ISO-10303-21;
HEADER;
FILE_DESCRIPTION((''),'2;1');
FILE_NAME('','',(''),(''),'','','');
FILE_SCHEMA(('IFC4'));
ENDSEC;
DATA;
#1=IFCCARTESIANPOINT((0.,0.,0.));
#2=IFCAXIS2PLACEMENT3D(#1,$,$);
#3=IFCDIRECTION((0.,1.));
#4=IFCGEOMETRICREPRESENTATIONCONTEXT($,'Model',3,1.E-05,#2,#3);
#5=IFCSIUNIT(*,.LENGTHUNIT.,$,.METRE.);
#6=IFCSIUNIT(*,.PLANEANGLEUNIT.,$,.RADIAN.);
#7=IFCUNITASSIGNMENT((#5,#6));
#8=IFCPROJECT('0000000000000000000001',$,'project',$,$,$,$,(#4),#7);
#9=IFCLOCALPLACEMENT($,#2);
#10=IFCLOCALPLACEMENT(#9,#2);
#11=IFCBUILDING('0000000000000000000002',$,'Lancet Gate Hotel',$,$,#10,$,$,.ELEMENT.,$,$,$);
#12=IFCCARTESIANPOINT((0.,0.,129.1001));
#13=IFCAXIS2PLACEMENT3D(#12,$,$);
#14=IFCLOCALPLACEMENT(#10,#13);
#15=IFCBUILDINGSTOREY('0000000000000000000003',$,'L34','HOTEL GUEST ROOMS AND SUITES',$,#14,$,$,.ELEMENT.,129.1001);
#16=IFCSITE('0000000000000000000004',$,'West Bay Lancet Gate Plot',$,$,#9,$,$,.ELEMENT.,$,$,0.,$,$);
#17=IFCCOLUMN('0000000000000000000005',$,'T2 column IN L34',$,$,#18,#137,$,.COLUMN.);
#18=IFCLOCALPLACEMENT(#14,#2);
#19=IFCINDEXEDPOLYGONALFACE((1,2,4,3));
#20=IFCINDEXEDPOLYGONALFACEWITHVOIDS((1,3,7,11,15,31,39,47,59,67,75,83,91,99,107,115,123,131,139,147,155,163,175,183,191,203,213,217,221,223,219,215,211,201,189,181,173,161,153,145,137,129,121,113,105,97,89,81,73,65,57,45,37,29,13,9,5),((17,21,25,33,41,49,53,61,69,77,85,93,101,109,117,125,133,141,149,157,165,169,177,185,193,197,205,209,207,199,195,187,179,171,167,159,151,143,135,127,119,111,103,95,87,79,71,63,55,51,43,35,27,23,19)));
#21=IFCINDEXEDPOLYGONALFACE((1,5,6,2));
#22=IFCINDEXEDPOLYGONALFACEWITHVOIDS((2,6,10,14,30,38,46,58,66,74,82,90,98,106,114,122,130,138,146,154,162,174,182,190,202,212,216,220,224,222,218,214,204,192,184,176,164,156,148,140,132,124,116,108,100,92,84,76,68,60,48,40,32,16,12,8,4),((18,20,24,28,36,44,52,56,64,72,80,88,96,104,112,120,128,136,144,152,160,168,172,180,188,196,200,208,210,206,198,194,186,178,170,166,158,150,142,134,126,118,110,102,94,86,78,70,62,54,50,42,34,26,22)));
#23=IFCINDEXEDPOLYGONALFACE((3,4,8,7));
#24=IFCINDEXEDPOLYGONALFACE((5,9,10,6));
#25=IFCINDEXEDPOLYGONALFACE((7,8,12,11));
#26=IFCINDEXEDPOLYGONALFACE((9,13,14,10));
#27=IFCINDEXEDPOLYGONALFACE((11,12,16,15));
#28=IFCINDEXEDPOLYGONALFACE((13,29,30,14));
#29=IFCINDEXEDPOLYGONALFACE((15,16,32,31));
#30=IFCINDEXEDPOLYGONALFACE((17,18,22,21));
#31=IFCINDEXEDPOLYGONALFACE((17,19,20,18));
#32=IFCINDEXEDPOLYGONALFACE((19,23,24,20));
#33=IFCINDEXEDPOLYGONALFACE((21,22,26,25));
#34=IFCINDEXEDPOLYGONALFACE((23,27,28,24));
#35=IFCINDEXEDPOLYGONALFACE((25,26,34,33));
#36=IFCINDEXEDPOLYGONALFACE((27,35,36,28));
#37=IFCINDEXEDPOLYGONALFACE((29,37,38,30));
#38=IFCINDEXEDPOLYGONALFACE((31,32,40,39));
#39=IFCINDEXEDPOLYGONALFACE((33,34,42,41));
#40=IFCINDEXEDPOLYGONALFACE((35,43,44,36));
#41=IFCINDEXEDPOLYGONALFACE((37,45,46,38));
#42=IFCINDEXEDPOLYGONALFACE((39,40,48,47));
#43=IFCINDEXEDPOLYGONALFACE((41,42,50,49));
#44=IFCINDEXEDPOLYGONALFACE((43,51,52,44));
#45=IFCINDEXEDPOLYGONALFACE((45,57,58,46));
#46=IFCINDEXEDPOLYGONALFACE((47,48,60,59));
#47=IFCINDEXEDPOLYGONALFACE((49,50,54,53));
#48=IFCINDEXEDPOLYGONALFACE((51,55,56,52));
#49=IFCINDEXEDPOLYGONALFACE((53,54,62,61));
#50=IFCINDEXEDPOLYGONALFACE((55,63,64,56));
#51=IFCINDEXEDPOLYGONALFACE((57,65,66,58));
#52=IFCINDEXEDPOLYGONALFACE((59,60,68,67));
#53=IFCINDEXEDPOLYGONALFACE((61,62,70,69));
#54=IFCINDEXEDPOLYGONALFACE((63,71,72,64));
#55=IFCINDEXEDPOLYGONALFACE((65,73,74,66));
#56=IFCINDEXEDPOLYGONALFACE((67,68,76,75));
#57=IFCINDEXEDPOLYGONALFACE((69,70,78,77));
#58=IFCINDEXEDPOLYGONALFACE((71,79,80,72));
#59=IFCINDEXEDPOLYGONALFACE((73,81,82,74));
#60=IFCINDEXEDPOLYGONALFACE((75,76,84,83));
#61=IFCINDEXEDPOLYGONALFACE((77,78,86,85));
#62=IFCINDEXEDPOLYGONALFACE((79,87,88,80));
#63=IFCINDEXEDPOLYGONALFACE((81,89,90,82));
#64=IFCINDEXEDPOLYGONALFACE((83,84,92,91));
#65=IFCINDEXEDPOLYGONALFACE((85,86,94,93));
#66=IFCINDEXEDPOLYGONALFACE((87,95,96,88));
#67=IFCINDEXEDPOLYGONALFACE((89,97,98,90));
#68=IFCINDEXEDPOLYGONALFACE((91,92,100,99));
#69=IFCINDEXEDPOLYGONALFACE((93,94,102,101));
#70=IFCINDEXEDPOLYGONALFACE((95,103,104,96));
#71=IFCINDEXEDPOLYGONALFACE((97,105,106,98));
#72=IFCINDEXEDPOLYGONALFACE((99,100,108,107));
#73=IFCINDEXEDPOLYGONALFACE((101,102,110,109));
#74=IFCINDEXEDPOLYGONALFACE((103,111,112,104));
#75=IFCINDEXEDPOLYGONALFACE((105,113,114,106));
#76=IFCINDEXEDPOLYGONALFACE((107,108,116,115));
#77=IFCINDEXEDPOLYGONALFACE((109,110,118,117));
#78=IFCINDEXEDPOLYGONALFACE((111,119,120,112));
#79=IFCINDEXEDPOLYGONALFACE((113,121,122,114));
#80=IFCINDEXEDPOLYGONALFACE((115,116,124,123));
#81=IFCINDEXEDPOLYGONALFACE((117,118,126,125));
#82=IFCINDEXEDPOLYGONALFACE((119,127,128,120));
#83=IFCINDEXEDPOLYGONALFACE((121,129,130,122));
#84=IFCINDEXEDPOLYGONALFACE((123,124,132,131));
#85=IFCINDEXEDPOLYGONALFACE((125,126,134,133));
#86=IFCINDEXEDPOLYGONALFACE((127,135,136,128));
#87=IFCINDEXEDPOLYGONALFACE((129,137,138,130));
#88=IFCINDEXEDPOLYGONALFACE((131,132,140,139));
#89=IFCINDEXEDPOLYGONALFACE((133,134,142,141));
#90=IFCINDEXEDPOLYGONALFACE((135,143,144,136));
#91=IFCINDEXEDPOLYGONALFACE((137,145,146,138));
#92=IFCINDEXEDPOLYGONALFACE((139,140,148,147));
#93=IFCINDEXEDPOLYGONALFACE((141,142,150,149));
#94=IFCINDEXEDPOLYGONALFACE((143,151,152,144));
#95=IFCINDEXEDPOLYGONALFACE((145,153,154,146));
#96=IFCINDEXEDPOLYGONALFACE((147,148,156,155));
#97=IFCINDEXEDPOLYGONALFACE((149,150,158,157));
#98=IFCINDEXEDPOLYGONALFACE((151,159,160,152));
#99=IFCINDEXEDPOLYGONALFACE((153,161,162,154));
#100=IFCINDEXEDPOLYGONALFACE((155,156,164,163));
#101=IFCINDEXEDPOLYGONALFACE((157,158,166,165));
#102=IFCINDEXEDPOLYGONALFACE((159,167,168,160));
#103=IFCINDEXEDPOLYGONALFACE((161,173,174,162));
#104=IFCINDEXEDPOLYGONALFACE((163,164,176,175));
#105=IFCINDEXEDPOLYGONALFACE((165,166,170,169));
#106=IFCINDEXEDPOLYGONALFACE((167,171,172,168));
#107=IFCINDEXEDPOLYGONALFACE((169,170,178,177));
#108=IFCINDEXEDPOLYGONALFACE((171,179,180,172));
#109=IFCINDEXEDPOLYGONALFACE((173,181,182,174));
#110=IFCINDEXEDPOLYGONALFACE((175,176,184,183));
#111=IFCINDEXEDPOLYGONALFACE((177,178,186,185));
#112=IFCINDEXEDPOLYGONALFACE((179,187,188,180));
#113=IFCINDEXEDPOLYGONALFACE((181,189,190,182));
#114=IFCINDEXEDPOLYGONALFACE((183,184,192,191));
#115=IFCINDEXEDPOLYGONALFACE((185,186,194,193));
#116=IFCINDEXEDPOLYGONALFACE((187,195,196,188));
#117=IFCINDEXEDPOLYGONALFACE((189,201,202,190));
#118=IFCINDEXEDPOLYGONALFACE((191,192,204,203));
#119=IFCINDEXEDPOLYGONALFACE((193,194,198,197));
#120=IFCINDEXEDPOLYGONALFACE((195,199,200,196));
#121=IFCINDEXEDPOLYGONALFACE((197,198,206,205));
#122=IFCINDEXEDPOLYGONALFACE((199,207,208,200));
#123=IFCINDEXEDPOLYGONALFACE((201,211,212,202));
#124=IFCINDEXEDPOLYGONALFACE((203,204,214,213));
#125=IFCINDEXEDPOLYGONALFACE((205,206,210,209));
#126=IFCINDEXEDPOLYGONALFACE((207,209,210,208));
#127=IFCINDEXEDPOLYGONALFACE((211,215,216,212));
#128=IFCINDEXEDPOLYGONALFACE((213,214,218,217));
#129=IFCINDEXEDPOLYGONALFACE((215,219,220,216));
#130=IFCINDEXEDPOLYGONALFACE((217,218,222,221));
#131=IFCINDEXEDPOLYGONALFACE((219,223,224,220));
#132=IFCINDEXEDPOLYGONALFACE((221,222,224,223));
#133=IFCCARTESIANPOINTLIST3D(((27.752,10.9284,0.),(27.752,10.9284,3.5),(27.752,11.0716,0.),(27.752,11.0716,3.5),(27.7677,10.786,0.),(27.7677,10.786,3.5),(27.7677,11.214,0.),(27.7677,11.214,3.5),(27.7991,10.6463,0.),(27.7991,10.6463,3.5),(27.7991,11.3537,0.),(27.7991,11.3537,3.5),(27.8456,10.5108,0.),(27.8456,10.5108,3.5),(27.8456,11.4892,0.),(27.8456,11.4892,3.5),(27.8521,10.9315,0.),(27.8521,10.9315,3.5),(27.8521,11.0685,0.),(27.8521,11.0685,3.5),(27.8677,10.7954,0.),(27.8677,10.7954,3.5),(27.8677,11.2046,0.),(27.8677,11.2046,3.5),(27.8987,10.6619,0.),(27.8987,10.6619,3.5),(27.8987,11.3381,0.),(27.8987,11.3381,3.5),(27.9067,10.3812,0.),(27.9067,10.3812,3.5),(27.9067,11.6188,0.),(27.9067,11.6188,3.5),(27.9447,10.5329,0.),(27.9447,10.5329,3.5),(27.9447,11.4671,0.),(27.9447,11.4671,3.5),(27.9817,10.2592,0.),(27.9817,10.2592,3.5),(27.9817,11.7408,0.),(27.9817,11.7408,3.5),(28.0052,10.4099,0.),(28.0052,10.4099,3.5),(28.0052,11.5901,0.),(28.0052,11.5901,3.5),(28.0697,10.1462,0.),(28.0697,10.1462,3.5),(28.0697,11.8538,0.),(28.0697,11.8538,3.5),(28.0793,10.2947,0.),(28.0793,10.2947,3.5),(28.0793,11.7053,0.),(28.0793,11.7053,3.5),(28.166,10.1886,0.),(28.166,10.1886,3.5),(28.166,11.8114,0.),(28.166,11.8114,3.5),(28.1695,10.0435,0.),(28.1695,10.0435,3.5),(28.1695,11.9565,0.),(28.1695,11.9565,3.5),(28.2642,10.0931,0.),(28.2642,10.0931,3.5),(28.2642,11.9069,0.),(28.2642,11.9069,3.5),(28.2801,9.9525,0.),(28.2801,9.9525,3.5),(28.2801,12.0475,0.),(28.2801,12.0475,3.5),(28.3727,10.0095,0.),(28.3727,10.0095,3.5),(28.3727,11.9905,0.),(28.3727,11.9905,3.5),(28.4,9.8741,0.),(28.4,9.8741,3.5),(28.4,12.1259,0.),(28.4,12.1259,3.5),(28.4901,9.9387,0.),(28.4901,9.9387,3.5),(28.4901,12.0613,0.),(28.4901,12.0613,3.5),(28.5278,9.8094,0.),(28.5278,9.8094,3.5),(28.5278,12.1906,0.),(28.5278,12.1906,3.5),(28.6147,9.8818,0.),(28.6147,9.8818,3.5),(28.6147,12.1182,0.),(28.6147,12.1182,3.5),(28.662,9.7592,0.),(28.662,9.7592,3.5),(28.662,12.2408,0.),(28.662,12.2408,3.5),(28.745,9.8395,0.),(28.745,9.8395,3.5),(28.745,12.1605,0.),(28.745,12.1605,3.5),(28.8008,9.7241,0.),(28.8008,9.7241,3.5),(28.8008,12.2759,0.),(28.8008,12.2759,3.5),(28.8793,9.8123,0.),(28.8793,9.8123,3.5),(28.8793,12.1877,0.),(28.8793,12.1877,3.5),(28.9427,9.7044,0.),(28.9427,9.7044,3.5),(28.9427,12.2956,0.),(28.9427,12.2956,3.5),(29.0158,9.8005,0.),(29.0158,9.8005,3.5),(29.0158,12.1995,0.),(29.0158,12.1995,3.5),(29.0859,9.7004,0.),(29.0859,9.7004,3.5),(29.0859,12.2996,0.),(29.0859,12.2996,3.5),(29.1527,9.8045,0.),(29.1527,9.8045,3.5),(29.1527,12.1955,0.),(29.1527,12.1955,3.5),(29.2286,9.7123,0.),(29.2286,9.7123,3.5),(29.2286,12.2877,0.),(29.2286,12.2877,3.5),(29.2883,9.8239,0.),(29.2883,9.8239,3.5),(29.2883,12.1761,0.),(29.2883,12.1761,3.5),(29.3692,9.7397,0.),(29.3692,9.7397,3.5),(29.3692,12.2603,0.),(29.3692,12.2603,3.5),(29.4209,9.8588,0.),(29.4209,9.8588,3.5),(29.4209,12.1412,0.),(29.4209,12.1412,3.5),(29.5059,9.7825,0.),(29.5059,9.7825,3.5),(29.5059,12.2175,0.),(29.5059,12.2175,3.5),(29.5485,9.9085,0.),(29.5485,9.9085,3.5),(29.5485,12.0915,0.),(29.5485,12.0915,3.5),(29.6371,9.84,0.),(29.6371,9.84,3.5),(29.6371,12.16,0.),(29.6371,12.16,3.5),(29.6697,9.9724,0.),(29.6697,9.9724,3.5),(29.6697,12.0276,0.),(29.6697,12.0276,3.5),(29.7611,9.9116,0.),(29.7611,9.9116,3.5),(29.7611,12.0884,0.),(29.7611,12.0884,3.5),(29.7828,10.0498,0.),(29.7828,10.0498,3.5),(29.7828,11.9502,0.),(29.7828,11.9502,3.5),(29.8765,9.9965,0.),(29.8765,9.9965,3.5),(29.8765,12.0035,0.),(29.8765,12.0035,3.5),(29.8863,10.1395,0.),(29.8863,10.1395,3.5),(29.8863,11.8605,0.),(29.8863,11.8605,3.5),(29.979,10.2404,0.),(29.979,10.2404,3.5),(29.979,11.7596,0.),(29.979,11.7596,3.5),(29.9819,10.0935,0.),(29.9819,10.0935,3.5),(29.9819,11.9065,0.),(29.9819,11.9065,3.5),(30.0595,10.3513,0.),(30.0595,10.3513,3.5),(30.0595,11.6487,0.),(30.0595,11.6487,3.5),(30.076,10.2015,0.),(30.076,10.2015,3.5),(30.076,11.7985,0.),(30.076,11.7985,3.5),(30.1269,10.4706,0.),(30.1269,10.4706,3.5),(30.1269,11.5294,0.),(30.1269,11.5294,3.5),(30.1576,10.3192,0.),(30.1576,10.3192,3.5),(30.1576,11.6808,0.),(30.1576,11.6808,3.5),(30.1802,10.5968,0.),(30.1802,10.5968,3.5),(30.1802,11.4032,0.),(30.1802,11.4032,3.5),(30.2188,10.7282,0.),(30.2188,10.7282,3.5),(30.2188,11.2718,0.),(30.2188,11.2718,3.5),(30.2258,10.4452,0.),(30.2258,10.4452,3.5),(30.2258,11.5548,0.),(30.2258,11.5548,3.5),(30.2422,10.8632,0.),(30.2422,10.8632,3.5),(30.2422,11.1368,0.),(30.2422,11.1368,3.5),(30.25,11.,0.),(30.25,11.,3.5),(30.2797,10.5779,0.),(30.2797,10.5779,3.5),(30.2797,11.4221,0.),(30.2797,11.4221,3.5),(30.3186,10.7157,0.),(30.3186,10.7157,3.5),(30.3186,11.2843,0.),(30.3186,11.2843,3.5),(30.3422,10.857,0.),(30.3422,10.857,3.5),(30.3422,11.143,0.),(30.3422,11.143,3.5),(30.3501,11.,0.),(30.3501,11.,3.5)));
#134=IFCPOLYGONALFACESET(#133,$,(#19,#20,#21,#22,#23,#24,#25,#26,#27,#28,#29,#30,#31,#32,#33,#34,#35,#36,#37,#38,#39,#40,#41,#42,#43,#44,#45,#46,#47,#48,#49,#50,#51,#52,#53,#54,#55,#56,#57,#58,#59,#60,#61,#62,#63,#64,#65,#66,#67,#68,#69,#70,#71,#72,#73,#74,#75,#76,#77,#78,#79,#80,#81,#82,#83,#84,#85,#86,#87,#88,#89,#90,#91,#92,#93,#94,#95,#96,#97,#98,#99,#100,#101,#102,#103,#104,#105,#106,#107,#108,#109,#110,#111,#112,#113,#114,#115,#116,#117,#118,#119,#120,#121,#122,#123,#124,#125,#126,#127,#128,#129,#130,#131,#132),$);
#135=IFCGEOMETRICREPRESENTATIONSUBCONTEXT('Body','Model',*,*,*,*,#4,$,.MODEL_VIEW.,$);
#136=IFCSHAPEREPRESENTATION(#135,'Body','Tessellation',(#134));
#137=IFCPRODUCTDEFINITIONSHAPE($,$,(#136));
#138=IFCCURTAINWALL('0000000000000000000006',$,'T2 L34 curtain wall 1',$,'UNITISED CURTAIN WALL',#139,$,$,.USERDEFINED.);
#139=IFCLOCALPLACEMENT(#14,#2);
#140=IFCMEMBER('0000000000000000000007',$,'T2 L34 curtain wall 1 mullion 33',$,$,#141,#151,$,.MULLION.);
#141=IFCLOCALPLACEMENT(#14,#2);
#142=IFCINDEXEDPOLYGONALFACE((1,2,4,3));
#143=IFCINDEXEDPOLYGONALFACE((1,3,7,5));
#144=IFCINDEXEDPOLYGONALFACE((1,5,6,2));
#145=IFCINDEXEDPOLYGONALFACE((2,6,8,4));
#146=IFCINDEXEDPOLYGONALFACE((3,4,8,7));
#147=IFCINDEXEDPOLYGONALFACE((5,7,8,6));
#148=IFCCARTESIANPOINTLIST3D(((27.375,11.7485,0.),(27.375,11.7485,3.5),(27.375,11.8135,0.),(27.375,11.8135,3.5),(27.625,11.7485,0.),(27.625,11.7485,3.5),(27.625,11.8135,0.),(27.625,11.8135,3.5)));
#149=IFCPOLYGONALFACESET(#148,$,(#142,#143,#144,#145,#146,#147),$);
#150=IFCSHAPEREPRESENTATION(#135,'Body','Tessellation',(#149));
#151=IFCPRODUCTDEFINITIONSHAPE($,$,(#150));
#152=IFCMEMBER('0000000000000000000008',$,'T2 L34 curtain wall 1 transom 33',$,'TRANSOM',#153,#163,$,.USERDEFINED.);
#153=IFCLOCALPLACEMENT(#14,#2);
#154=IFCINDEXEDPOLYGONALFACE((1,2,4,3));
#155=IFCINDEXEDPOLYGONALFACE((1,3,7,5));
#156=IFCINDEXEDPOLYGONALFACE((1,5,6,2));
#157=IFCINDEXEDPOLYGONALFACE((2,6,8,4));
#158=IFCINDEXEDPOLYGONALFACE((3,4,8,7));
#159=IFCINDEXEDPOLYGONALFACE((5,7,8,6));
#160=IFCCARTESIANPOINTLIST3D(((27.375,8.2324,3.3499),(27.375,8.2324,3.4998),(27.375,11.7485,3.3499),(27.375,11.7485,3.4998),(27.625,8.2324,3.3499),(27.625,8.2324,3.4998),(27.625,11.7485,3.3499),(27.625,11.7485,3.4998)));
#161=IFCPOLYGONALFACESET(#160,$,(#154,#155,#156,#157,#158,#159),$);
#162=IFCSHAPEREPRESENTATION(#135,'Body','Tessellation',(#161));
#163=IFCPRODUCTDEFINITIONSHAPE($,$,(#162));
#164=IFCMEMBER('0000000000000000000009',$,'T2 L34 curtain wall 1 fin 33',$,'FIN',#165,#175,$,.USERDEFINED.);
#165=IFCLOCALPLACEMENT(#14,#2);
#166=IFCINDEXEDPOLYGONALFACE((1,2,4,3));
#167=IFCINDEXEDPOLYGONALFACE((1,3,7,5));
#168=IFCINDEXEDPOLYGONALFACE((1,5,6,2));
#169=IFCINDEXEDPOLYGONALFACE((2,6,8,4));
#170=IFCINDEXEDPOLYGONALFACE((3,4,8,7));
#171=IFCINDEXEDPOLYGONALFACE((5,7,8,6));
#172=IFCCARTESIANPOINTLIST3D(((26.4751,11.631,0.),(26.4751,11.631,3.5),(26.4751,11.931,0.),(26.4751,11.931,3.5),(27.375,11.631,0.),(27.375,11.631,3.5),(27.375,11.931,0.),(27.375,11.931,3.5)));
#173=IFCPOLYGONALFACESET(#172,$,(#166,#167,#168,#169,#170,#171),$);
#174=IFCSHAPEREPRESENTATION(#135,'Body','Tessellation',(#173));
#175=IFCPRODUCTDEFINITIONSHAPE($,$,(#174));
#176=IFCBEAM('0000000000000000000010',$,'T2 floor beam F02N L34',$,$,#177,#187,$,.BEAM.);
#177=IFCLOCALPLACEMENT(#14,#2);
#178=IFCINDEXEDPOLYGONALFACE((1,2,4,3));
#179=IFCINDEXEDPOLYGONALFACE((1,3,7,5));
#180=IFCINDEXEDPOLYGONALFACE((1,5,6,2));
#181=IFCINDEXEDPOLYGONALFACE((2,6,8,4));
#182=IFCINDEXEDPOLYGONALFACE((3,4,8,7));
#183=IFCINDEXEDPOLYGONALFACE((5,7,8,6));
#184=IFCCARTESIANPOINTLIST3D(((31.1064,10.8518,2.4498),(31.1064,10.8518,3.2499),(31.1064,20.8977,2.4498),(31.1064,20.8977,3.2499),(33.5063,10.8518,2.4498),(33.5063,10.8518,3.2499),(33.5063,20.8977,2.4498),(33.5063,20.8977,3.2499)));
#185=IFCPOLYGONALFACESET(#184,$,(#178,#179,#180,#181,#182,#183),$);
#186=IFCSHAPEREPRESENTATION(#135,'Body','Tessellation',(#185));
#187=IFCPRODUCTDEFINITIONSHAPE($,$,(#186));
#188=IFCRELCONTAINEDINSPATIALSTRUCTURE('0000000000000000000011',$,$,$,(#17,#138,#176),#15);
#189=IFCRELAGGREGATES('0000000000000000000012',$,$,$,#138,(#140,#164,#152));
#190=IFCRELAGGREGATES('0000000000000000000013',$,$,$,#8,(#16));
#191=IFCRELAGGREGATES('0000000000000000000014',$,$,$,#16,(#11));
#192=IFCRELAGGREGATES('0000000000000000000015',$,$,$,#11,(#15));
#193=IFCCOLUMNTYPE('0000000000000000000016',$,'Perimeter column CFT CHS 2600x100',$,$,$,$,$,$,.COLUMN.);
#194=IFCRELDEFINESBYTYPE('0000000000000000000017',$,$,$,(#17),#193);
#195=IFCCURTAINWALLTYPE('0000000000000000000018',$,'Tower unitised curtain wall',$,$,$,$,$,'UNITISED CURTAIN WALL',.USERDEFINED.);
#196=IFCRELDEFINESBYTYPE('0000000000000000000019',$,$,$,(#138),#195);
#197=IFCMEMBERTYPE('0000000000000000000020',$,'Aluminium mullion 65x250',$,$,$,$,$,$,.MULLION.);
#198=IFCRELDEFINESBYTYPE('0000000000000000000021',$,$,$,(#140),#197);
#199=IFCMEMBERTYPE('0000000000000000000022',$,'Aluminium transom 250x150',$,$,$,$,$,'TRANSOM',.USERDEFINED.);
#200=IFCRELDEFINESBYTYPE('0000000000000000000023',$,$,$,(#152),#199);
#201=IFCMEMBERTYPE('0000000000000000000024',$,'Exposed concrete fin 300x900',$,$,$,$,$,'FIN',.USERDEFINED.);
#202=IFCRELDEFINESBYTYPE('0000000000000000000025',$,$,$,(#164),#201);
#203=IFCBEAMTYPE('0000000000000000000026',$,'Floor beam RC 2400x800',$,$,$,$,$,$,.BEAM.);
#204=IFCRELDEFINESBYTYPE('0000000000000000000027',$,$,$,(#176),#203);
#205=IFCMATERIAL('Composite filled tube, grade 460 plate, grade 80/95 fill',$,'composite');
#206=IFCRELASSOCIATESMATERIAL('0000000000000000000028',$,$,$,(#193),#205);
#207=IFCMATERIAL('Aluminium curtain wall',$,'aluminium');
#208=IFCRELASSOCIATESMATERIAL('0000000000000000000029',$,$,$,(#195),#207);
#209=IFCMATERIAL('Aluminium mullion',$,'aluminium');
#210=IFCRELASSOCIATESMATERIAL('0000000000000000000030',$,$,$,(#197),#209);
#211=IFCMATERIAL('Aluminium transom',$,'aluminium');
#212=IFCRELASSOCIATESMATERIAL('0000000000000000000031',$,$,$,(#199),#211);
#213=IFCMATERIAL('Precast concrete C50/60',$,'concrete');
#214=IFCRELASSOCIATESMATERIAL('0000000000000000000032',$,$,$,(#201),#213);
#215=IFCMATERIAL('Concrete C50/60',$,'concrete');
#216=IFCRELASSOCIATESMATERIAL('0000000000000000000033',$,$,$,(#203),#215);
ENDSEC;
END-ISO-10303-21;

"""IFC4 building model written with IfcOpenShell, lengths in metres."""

from ifc_helpers import new_model, si_unit, direction, frame, origin, origin_2d, place, context, subcontext, project, spatial, rectangle, hollow_circle, extrude, material, material_profile, profile_set, type_object, element, aggregate, save


model = new_model("IFC4")

# Units and contexts
model_context = context("Model", 3, precision=1e-05, world=origin(), true_north=direction((0.0, 1.0)))
body_context = subcontext(model_context, "Body", "Model", "MODEL_VIEW")
ifc_project = project(units=[si_unit("LENGTHUNIT", "METRE"), si_unit("PLANEANGLEUNIT", "RADIAN")], contexts=[model_context])

# Site, building, storey
site_placement = place(None, origin())
site = spatial("IfcSite", under=ifc_project, at=site_placement, Name="West Bay Lancet Gate Plot", CompositionType="ELEMENT", RefElevation=0.0)
building_placement = place(site_placement, origin())
building = spatial("IfcBuilding", under=site, at=building_placement, Name="Lancet Gate Hotel", CompositionType="ELEMENT")
storey_placement = place(building_placement, frame((0.0, 0.0, 129.1001)))
storey = spatial("IfcBuildingStorey", under=building, at=storey_placement, Name="L34", Description="HOTEL GUEST ROOMS AND SUITES", CompositionType="ELEMENT", Elevation=129.1001)

# Column
ifc_material_1 = material(Name="Composite filled tube, grade 460 plate, grade 80/95 fill", Category="composite")
ifc_material_profile_1 = material_profile(ifc_material_1, hollow_circle(Radius=1.3, WallThickness=0.1001, at=origin_2d()), Name="CHS 2600x100")
ifc_profile_set_1 = profile_set([ifc_material_profile_1], Name="Composite filled tube, grade 460 plate, grade 80/95 fill")
column_type = type_object("IfcColumnType", Name="Perimeter column CFT CHS 2600x100", PredefinedType="COLUMN", material=ifc_profile_set_1)
column_placement = place(storey_placement, frame((29.05, 11.0, 0.0), z_axis=(0.0, 0.0, 1.0), x_axis=(1.0, 0.0, 0.0)))
element("IfcColumn", 1, at=column_placement, inside=storey, type_object=column_type, Name="T2 column IN L34", PredefinedType="COLUMN", context=body_context, shape_type="SweptSolid", body=[
    extrude(hollow_circle(Radius=1.3, WallThickness=0.1001, at=origin_2d()), origin(), (0.0, 0.0, 1.0), 3.5),
])

# Curtain wall, members
ifc_material_2 = material(Name="Aluminium curtain wall", Category="aluminium")
curtain_wall_type = type_object("IfcCurtainWallType", Name="Tower unitised curtain wall", ElementType="UNITISED CURTAIN WALL", PredefinedType="USERDEFINED", material=ifc_material_2)
curtain_wall_placement = place(storey_placement, origin())
curtain_wall = element("IfcCurtainWall", 2, at=curtain_wall_placement, inside=storey, type_object=curtain_wall_type, Name="T2 L34 curtain wall 1", ObjectType="UNITISED CURTAIN WALL", PredefinedType="USERDEFINED")
ifc_material_3 = material(Name="Aluminium mullion", Category="aluminium")
ifc_material_profile_2 = material_profile(ifc_material_3, rectangle(XDim=0.0649, YDim=0.25, at=origin_2d()), Name="MULLION 65x250")
ifc_profile_set_2 = profile_set([ifc_material_profile_2], Name="Aluminium mullion")
member_type_1 = type_object("IfcMemberType", Name="Aluminium mullion 65x250", PredefinedType="MULLION", material=ifc_profile_set_2)
member_1_placement = place(storey_placement, frame((27.5, 11.781, 0.0), z_axis=(0.0, 0.0, 1.0), x_axis=(0.0, -1.0, 0.0)))
member_1 = element("IfcMember", 3, at=member_1_placement, type_object=member_type_1, Name="T2 L34 curtain wall 1 mullion 33", PredefinedType="MULLION", context=body_context, shape_type="SweptSolid", body=[
    extrude(rectangle(XDim=0.0649, YDim=0.25, at=origin_2d()), origin(), (0.0, 0.0, 1.0), 3.5),
])
ifc_material_4 = material(Name="Aluminium transom", Category="aluminium")
ifc_material_profile_3 = material_profile(ifc_material_4, rectangle(XDim=0.25, YDim=0.1499, at=origin_2d()), Name="TRANSOM 250x150")
ifc_profile_set_3 = profile_set([ifc_material_profile_3], Name="Aluminium transom")
member_type_2 = type_object("IfcMemberType", Name="Aluminium transom 250x150", ElementType="TRANSOM", PredefinedType="USERDEFINED", material=ifc_profile_set_3)
member_2_placement = place(storey_placement, frame((27.5, 11.7485, 3.4248), z_axis=(0.0, -1.0, 0.0), x_axis=(1.0, 0.0, 0.0)))
member_2 = element("IfcMember", 4, at=member_2_placement, type_object=member_type_2, Name="T2 L34 curtain wall 1 transom 33", ObjectType="TRANSOM", PredefinedType="USERDEFINED", context=body_context, shape_type="SweptSolid", body=[
    extrude(rectangle(XDim=0.25, YDim=0.1499, at=origin_2d()), origin(), (0.0, 0.0, 1.0), 3.5161),
])
ifc_material_5 = material(Name="Precast concrete C50/60", Category="concrete")
ifc_material_profile_4 = material_profile(ifc_material_5, rectangle(XDim=0.3, YDim=0.8999, at=origin_2d()), Name="FIN 300x900")
ifc_profile_set_4 = profile_set([ifc_material_profile_4], Name="Precast concrete C50/60")
member_type_3 = type_object("IfcMemberType", Name="Exposed concrete fin 300x900", ElementType="FIN", PredefinedType="USERDEFINED", material=ifc_profile_set_4)
member_3_placement = place(storey_placement, frame((26.925, 11.781, 0.0), z_axis=(0.0, 0.0, 1.0), x_axis=(0.0, -1.0, 0.0)))
member_3 = element("IfcMember", 5, at=member_3_placement, type_object=member_type_3, Name="T2 L34 curtain wall 1 fin 33", ObjectType="FIN", PredefinedType="USERDEFINED", context=body_context, shape_type="SweptSolid", body=[
    extrude(rectangle(XDim=0.3, YDim=0.8999, at=origin_2d()), origin(), (0.0, 0.0, 1.0), 3.5),
])

# Beam
ifc_material_6 = material(Name="Concrete C50/60", Category="concrete")
ifc_material_profile_5 = material_profile(ifc_material_6, rectangle(XDim=2.3999, YDim=0.8, at=origin_2d()), Name="RC 2400x800")
ifc_profile_set_5 = profile_set([ifc_material_profile_5], Name="Concrete C50/60")
beam_type_1 = type_object("IfcBeamType", Name="Floor beam RC 2400x800", PredefinedType="BEAM", material=ifc_profile_set_5)
beam_1_placement = place(storey_placement, frame((32.3064, 10.8518, 2.8499), z_axis=(0.0, 1.0, 0.0), x_axis=(-1.0, 0.0, 0.0)))
element("IfcBeam", 6, at=beam_1_placement, inside=storey, type_object=beam_type_1, Name="T2 floor beam F02N L34", PredefinedType="BEAM", context=body_context, shape_type="SweptSolid", body=[
    extrude(rectangle(XDim=2.3999, YDim=0.8, at=origin_2d()), origin(), (0.0, 0.0, 1.0), 10.0459),
])

aggregate(curtain_wall, [member_1, member_3, member_2])

save(model, "model.ifc")
